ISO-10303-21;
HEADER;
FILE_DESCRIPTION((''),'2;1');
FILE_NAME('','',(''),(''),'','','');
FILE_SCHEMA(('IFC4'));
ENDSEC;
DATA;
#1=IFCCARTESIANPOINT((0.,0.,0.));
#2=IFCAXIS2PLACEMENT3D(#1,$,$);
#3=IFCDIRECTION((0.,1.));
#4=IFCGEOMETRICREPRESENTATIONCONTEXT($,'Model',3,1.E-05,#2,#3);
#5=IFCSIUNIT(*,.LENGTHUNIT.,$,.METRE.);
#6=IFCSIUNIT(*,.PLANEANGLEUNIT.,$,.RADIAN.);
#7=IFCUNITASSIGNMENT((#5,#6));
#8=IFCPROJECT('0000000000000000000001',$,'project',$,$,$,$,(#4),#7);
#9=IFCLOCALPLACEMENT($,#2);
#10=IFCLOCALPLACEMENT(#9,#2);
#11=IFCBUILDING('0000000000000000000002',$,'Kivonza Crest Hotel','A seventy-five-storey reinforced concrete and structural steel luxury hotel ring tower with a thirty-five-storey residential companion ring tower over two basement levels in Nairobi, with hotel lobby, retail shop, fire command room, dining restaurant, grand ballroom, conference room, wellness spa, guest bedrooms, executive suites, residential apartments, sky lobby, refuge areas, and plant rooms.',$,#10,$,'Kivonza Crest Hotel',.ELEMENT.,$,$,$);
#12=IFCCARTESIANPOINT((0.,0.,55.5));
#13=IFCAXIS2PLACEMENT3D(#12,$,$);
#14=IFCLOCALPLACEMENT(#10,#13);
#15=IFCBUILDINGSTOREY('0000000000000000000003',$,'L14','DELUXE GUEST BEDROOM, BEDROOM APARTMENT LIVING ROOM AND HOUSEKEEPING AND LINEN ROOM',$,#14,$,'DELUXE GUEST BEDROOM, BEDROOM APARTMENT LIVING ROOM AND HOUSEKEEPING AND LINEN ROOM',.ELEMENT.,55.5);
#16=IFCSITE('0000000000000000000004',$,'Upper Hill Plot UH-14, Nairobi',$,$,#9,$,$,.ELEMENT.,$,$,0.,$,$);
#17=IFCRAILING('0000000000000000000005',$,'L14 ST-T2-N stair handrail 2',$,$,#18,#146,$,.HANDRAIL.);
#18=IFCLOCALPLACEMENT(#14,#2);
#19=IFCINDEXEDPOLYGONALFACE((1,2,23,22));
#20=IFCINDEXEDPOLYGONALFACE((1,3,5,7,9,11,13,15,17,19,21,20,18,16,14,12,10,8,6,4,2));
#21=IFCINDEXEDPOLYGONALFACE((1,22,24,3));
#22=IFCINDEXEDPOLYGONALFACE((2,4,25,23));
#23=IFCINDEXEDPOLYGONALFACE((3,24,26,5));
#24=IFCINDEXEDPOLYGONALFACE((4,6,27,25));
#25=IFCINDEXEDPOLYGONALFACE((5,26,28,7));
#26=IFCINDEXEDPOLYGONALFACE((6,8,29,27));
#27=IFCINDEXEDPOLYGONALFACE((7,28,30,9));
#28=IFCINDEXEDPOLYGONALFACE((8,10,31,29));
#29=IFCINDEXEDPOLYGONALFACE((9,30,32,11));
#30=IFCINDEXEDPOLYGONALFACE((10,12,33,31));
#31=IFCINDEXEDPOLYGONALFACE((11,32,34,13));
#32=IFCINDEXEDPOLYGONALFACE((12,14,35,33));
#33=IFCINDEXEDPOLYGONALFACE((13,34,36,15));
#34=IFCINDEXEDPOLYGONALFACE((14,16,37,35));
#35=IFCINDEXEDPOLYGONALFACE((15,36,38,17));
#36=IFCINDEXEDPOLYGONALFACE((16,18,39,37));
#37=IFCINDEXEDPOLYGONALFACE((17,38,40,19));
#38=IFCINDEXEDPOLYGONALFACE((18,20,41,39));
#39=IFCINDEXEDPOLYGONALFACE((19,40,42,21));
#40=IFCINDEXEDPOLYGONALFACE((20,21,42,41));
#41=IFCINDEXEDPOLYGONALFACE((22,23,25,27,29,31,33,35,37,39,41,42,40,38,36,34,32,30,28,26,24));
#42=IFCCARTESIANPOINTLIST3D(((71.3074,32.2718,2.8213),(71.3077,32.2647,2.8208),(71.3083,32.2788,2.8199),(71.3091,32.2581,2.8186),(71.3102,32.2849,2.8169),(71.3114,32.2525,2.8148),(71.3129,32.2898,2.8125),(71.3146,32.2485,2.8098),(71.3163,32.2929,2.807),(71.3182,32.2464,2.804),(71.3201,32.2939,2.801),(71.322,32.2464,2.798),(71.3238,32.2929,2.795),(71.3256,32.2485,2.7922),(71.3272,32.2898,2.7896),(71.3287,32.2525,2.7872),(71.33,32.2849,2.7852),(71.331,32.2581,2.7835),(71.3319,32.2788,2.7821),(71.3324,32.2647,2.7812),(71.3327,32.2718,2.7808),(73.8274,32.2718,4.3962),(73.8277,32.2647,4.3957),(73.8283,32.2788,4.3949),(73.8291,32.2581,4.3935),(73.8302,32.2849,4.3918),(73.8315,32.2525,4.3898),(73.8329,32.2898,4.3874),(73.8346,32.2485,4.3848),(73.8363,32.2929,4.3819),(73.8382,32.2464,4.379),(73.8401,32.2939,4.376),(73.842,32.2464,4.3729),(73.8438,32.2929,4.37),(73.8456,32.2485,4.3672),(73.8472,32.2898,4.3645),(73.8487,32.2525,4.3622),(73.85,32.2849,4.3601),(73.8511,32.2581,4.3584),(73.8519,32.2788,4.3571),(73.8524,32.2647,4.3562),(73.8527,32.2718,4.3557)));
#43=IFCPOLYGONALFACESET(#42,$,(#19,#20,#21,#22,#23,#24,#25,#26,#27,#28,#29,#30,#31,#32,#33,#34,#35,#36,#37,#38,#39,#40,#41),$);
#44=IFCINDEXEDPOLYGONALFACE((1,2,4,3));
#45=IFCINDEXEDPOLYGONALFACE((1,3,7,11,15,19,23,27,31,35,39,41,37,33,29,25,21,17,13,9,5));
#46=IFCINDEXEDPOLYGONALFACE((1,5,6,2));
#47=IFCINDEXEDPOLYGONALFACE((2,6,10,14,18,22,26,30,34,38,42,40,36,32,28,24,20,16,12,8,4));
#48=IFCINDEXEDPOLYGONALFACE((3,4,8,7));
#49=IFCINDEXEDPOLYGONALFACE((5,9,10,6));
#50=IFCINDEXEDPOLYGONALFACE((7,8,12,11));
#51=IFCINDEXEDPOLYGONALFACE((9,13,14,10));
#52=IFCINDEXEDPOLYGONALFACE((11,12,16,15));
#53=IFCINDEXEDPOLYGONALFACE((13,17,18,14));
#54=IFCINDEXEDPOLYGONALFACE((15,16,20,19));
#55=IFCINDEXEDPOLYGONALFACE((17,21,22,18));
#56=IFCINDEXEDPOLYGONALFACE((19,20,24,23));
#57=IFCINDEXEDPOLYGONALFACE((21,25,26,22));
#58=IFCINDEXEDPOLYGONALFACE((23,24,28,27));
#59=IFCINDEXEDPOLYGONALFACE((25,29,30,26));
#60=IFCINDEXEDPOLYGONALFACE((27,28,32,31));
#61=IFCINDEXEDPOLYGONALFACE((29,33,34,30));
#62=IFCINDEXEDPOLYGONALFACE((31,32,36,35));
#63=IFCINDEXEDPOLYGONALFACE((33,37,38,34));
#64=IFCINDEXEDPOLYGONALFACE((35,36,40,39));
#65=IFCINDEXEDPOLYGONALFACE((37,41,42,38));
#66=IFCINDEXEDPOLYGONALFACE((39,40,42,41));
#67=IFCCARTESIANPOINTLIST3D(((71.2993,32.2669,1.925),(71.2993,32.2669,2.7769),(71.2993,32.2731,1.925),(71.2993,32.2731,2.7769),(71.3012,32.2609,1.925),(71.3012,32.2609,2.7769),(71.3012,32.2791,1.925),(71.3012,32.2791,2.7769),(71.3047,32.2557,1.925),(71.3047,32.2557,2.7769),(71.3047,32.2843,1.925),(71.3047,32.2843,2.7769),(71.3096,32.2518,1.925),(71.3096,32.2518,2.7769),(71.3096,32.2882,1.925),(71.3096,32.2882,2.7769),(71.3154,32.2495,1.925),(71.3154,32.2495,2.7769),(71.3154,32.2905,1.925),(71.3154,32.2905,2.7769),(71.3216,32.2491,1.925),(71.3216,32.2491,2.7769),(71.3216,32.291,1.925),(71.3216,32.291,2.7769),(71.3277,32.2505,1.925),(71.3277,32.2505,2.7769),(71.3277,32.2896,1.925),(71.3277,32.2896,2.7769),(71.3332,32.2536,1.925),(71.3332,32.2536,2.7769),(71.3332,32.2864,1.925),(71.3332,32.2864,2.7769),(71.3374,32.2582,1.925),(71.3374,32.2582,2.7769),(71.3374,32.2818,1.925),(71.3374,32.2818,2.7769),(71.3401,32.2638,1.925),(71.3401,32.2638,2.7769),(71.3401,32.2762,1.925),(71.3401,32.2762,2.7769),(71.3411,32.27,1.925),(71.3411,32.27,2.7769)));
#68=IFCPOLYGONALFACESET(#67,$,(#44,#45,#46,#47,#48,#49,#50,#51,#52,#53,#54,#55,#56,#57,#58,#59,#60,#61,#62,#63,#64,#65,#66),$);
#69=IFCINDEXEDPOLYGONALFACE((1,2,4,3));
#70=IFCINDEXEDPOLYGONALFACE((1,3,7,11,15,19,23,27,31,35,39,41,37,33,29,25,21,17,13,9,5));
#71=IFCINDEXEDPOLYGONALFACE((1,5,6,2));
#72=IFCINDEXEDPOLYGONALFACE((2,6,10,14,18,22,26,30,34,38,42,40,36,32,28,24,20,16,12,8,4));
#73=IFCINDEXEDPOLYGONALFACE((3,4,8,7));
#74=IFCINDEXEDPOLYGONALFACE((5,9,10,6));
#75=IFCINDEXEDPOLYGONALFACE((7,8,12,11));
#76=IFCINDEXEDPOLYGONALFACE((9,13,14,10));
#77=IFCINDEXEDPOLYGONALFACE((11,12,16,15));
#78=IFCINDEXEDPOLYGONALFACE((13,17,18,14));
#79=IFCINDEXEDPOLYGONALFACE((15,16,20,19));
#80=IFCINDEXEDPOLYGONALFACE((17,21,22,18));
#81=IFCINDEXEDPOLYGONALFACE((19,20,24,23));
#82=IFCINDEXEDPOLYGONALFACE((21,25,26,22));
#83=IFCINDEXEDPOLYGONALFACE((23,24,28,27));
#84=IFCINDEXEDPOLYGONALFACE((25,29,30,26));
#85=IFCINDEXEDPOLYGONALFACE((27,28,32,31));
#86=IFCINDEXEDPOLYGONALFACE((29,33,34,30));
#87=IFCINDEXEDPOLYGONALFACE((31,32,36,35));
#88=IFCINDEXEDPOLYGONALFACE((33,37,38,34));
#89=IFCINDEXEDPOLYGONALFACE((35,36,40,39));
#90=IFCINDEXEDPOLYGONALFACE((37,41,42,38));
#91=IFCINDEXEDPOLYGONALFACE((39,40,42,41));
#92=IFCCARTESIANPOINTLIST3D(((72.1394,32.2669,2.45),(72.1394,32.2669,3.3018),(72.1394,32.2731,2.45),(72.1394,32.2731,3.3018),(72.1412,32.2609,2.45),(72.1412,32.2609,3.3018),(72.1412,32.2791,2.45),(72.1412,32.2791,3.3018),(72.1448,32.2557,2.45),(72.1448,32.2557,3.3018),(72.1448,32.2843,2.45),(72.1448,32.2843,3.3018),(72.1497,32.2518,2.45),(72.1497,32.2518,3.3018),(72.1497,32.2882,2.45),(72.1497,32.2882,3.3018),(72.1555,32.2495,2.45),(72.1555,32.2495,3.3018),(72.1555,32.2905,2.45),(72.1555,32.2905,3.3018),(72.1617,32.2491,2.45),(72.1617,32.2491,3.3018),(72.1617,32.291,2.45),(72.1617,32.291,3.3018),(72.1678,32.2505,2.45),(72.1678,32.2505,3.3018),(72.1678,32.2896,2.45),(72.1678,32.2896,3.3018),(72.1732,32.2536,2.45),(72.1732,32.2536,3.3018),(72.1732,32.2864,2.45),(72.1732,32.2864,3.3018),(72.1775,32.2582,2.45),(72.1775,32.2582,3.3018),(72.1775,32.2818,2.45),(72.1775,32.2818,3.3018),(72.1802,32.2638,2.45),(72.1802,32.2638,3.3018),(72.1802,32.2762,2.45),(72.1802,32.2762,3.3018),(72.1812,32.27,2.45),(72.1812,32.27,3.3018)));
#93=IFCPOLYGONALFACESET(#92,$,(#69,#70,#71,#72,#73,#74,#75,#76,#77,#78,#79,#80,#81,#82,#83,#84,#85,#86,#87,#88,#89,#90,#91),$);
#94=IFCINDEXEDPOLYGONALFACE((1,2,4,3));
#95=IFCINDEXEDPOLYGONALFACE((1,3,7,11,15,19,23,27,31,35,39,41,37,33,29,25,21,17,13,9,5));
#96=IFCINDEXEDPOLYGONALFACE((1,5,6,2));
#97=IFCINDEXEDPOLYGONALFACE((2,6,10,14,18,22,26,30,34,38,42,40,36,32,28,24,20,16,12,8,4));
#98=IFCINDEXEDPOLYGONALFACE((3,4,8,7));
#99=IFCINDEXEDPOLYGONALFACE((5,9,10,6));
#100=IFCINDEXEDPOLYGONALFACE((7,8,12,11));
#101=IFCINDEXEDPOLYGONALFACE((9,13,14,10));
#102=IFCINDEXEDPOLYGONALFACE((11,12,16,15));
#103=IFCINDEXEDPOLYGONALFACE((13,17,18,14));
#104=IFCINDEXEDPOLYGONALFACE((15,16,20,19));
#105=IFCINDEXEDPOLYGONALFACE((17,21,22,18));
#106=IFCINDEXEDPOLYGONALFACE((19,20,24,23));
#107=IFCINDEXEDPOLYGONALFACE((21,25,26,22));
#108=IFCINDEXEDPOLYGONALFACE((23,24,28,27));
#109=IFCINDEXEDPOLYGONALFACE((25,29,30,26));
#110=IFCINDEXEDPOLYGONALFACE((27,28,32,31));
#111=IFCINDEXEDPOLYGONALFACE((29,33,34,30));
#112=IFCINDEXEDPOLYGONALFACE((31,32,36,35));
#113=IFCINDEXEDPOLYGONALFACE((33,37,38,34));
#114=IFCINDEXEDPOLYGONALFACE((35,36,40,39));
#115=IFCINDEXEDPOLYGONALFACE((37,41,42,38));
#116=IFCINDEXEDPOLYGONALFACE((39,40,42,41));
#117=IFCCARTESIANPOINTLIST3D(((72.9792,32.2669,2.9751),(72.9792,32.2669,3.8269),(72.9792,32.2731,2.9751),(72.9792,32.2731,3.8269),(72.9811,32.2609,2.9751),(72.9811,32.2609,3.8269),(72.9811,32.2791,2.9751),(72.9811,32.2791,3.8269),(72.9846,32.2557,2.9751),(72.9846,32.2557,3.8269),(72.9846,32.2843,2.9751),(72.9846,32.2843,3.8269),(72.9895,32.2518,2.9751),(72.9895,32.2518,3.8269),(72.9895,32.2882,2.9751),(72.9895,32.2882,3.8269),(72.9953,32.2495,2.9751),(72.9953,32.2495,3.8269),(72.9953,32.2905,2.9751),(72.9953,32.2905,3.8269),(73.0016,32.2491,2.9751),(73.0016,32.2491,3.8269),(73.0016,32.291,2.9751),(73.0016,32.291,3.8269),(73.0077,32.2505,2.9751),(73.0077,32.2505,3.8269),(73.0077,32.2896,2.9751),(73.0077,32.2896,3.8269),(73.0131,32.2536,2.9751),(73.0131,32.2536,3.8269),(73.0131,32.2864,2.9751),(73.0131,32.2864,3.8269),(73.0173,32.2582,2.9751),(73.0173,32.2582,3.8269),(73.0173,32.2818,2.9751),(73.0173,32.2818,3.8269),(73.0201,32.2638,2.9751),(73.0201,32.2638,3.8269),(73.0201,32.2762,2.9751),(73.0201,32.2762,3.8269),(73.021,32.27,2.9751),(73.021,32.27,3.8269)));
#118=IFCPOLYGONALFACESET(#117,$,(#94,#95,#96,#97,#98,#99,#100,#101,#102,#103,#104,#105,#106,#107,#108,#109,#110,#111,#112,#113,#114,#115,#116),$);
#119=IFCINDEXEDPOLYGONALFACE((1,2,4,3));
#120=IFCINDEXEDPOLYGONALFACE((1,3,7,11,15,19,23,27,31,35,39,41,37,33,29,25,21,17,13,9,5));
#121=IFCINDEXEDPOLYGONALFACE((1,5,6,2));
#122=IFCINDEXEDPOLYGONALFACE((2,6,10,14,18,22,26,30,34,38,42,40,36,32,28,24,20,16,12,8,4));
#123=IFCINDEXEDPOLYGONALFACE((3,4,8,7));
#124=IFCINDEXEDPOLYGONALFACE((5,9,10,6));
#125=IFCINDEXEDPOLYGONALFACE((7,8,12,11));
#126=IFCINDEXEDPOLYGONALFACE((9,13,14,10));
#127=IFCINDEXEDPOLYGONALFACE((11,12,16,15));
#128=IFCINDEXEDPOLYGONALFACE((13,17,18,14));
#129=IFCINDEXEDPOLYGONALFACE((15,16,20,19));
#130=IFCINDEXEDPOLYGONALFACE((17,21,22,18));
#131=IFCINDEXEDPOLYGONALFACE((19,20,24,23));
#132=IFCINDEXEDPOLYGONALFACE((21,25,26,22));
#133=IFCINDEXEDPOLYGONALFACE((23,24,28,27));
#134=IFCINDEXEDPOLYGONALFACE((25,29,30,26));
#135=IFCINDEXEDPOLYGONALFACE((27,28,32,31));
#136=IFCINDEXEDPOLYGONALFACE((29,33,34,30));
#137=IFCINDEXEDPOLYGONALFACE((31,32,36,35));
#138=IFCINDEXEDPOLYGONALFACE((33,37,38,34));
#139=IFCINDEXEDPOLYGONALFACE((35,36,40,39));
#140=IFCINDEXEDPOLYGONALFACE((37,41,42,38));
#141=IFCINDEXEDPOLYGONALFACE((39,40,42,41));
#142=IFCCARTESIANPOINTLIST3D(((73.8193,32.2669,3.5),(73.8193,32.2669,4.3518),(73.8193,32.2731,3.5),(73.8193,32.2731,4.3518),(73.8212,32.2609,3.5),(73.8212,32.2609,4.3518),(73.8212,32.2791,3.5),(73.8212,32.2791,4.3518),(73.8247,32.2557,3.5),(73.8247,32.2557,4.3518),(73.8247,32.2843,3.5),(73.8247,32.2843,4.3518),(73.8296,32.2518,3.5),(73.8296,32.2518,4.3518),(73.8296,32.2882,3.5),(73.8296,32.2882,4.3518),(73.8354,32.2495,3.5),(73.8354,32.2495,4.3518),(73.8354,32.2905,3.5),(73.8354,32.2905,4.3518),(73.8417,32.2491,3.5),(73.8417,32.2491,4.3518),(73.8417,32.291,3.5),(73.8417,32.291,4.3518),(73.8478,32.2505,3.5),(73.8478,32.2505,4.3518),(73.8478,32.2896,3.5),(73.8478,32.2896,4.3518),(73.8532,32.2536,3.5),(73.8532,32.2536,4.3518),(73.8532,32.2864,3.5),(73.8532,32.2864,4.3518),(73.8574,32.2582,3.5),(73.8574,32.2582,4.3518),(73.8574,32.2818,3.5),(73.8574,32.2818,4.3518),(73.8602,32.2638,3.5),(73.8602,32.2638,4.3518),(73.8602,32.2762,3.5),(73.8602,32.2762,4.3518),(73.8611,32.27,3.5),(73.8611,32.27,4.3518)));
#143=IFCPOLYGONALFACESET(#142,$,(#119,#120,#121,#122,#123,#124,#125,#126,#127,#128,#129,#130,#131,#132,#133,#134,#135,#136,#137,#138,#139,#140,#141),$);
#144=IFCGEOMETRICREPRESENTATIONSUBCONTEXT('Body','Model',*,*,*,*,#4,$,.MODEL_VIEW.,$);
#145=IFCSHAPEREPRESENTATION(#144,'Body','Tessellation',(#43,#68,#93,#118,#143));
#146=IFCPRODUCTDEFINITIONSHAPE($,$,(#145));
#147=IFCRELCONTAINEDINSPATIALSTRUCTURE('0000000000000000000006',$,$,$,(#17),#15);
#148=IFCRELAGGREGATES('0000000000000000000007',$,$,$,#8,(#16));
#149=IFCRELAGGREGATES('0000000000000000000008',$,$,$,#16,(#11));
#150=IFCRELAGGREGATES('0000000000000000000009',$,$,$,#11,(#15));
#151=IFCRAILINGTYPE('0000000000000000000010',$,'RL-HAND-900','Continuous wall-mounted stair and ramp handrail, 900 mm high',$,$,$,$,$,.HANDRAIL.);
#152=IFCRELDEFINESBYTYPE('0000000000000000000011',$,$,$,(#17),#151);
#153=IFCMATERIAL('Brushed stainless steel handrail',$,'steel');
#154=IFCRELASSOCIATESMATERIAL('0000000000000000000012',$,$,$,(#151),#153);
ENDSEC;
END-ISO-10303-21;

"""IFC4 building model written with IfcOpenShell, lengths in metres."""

from ifc_helpers import new_model, si_unit, direction, frame, origin, origin_2d, place, context, subcontext, project, spatial, circle, extrude, material, type_object, element, save


model = new_model("IFC4")

# Units and contexts
model_context = context("Model", 3, precision=1e-05, world=origin(), true_north=direction((0.0, 1.0)))
body_context = subcontext(model_context, "Body", "Model", "MODEL_VIEW")
ifc_project = project(units=[si_unit("LENGTHUNIT", "METRE"), si_unit("PLANEANGLEUNIT", "RADIAN")], contexts=[model_context])

# Site, building, storey
site_placement = place(None, origin())
site = spatial("IfcSite", under=ifc_project, at=site_placement, Name="Upper Hill Plot UH-14, Nairobi", CompositionType="ELEMENT", RefElevation=0.0)
building_placement = place(site_placement, origin())
building = spatial("IfcBuilding", under=site, at=building_placement, Name="Kivonza Crest Hotel", Description="A seventy-five-storey reinforced concrete and structural steel luxury hotel ring tower with a thirty-five-storey residential companion ring tower over two basement levels in Nairobi, with hotel lobby, retail shop, fire command room, dining restaurant, grand ballroom, conference room, wellness spa, guest bedrooms, executive suites, residential apartments, sky lobby, refuge areas, and plant rooms.", LongName="Kivonza Crest Hotel", CompositionType="ELEMENT")
storey_placement = place(building_placement, frame((0.0, 0.0, 55.5)))
storey = spatial("IfcBuildingStorey", under=building, at=storey_placement, Name="L14", Description="DELUXE GUEST BEDROOM, BEDROOM APARTMENT LIVING ROOM AND HOUSEKEEPING AND LINEN ROOM", LongName="DELUXE GUEST BEDROOM, BEDROOM APARTMENT LIVING ROOM AND HOUSEKEEPING AND LINEN ROOM", CompositionType="ELEMENT", Elevation=55.5)

# Railing
ifc_material_1 = material(Name="Brushed stainless steel handrail", Category="steel")
railing_type_1 = type_object("IfcRailingType", Name="RL-HAND-900", Description="Continuous wall-mounted stair and ramp handrail, 900 mm high", PredefinedType="HANDRAIL", material=ifc_material_1)
railing_1_placement = place(storey_placement, frame((71.3201, 32.27, 1.925)))
element("IfcRailing", 1, at=railing_1_placement, inside=storey, type_object=railing_type_1, Name="L14 ST-T2-N stair handrail 2", PredefinedType="HANDRAIL", context=body_context, shape_type="SweptSolid", body=[
    extrude(circle(Radius=0.0239, at=origin_2d()), frame((0.0, 0.0, 0.876), z_axis=(0.848008, 0.0, 0.529984), x_axis=(0.0, 1.0, 0.0)), (0.0, 0.0, 1.0), 2.9717),
    extrude(circle(Radius=0.021, at=origin_2d()), origin(), (0.0, 0.0, 1.0), 0.8518),
    extrude(circle(Radius=0.021, at=origin_2d()), frame((0.8401, 0.0, 0.5249)), (0.0, 0.0, 1.0), 0.8518),
    extrude(circle(Radius=0.021, at=origin_2d()), frame((1.6799, 0.0, 1.05)), (0.0, 0.0, 1.0), 0.8518),
    extrude(circle(Radius=0.021, at=origin_2d()), frame((2.52, 0.0, 1.575)), (0.0, 0.0, 1.0), 0.8518),
])

save(model, "model.ifc")
